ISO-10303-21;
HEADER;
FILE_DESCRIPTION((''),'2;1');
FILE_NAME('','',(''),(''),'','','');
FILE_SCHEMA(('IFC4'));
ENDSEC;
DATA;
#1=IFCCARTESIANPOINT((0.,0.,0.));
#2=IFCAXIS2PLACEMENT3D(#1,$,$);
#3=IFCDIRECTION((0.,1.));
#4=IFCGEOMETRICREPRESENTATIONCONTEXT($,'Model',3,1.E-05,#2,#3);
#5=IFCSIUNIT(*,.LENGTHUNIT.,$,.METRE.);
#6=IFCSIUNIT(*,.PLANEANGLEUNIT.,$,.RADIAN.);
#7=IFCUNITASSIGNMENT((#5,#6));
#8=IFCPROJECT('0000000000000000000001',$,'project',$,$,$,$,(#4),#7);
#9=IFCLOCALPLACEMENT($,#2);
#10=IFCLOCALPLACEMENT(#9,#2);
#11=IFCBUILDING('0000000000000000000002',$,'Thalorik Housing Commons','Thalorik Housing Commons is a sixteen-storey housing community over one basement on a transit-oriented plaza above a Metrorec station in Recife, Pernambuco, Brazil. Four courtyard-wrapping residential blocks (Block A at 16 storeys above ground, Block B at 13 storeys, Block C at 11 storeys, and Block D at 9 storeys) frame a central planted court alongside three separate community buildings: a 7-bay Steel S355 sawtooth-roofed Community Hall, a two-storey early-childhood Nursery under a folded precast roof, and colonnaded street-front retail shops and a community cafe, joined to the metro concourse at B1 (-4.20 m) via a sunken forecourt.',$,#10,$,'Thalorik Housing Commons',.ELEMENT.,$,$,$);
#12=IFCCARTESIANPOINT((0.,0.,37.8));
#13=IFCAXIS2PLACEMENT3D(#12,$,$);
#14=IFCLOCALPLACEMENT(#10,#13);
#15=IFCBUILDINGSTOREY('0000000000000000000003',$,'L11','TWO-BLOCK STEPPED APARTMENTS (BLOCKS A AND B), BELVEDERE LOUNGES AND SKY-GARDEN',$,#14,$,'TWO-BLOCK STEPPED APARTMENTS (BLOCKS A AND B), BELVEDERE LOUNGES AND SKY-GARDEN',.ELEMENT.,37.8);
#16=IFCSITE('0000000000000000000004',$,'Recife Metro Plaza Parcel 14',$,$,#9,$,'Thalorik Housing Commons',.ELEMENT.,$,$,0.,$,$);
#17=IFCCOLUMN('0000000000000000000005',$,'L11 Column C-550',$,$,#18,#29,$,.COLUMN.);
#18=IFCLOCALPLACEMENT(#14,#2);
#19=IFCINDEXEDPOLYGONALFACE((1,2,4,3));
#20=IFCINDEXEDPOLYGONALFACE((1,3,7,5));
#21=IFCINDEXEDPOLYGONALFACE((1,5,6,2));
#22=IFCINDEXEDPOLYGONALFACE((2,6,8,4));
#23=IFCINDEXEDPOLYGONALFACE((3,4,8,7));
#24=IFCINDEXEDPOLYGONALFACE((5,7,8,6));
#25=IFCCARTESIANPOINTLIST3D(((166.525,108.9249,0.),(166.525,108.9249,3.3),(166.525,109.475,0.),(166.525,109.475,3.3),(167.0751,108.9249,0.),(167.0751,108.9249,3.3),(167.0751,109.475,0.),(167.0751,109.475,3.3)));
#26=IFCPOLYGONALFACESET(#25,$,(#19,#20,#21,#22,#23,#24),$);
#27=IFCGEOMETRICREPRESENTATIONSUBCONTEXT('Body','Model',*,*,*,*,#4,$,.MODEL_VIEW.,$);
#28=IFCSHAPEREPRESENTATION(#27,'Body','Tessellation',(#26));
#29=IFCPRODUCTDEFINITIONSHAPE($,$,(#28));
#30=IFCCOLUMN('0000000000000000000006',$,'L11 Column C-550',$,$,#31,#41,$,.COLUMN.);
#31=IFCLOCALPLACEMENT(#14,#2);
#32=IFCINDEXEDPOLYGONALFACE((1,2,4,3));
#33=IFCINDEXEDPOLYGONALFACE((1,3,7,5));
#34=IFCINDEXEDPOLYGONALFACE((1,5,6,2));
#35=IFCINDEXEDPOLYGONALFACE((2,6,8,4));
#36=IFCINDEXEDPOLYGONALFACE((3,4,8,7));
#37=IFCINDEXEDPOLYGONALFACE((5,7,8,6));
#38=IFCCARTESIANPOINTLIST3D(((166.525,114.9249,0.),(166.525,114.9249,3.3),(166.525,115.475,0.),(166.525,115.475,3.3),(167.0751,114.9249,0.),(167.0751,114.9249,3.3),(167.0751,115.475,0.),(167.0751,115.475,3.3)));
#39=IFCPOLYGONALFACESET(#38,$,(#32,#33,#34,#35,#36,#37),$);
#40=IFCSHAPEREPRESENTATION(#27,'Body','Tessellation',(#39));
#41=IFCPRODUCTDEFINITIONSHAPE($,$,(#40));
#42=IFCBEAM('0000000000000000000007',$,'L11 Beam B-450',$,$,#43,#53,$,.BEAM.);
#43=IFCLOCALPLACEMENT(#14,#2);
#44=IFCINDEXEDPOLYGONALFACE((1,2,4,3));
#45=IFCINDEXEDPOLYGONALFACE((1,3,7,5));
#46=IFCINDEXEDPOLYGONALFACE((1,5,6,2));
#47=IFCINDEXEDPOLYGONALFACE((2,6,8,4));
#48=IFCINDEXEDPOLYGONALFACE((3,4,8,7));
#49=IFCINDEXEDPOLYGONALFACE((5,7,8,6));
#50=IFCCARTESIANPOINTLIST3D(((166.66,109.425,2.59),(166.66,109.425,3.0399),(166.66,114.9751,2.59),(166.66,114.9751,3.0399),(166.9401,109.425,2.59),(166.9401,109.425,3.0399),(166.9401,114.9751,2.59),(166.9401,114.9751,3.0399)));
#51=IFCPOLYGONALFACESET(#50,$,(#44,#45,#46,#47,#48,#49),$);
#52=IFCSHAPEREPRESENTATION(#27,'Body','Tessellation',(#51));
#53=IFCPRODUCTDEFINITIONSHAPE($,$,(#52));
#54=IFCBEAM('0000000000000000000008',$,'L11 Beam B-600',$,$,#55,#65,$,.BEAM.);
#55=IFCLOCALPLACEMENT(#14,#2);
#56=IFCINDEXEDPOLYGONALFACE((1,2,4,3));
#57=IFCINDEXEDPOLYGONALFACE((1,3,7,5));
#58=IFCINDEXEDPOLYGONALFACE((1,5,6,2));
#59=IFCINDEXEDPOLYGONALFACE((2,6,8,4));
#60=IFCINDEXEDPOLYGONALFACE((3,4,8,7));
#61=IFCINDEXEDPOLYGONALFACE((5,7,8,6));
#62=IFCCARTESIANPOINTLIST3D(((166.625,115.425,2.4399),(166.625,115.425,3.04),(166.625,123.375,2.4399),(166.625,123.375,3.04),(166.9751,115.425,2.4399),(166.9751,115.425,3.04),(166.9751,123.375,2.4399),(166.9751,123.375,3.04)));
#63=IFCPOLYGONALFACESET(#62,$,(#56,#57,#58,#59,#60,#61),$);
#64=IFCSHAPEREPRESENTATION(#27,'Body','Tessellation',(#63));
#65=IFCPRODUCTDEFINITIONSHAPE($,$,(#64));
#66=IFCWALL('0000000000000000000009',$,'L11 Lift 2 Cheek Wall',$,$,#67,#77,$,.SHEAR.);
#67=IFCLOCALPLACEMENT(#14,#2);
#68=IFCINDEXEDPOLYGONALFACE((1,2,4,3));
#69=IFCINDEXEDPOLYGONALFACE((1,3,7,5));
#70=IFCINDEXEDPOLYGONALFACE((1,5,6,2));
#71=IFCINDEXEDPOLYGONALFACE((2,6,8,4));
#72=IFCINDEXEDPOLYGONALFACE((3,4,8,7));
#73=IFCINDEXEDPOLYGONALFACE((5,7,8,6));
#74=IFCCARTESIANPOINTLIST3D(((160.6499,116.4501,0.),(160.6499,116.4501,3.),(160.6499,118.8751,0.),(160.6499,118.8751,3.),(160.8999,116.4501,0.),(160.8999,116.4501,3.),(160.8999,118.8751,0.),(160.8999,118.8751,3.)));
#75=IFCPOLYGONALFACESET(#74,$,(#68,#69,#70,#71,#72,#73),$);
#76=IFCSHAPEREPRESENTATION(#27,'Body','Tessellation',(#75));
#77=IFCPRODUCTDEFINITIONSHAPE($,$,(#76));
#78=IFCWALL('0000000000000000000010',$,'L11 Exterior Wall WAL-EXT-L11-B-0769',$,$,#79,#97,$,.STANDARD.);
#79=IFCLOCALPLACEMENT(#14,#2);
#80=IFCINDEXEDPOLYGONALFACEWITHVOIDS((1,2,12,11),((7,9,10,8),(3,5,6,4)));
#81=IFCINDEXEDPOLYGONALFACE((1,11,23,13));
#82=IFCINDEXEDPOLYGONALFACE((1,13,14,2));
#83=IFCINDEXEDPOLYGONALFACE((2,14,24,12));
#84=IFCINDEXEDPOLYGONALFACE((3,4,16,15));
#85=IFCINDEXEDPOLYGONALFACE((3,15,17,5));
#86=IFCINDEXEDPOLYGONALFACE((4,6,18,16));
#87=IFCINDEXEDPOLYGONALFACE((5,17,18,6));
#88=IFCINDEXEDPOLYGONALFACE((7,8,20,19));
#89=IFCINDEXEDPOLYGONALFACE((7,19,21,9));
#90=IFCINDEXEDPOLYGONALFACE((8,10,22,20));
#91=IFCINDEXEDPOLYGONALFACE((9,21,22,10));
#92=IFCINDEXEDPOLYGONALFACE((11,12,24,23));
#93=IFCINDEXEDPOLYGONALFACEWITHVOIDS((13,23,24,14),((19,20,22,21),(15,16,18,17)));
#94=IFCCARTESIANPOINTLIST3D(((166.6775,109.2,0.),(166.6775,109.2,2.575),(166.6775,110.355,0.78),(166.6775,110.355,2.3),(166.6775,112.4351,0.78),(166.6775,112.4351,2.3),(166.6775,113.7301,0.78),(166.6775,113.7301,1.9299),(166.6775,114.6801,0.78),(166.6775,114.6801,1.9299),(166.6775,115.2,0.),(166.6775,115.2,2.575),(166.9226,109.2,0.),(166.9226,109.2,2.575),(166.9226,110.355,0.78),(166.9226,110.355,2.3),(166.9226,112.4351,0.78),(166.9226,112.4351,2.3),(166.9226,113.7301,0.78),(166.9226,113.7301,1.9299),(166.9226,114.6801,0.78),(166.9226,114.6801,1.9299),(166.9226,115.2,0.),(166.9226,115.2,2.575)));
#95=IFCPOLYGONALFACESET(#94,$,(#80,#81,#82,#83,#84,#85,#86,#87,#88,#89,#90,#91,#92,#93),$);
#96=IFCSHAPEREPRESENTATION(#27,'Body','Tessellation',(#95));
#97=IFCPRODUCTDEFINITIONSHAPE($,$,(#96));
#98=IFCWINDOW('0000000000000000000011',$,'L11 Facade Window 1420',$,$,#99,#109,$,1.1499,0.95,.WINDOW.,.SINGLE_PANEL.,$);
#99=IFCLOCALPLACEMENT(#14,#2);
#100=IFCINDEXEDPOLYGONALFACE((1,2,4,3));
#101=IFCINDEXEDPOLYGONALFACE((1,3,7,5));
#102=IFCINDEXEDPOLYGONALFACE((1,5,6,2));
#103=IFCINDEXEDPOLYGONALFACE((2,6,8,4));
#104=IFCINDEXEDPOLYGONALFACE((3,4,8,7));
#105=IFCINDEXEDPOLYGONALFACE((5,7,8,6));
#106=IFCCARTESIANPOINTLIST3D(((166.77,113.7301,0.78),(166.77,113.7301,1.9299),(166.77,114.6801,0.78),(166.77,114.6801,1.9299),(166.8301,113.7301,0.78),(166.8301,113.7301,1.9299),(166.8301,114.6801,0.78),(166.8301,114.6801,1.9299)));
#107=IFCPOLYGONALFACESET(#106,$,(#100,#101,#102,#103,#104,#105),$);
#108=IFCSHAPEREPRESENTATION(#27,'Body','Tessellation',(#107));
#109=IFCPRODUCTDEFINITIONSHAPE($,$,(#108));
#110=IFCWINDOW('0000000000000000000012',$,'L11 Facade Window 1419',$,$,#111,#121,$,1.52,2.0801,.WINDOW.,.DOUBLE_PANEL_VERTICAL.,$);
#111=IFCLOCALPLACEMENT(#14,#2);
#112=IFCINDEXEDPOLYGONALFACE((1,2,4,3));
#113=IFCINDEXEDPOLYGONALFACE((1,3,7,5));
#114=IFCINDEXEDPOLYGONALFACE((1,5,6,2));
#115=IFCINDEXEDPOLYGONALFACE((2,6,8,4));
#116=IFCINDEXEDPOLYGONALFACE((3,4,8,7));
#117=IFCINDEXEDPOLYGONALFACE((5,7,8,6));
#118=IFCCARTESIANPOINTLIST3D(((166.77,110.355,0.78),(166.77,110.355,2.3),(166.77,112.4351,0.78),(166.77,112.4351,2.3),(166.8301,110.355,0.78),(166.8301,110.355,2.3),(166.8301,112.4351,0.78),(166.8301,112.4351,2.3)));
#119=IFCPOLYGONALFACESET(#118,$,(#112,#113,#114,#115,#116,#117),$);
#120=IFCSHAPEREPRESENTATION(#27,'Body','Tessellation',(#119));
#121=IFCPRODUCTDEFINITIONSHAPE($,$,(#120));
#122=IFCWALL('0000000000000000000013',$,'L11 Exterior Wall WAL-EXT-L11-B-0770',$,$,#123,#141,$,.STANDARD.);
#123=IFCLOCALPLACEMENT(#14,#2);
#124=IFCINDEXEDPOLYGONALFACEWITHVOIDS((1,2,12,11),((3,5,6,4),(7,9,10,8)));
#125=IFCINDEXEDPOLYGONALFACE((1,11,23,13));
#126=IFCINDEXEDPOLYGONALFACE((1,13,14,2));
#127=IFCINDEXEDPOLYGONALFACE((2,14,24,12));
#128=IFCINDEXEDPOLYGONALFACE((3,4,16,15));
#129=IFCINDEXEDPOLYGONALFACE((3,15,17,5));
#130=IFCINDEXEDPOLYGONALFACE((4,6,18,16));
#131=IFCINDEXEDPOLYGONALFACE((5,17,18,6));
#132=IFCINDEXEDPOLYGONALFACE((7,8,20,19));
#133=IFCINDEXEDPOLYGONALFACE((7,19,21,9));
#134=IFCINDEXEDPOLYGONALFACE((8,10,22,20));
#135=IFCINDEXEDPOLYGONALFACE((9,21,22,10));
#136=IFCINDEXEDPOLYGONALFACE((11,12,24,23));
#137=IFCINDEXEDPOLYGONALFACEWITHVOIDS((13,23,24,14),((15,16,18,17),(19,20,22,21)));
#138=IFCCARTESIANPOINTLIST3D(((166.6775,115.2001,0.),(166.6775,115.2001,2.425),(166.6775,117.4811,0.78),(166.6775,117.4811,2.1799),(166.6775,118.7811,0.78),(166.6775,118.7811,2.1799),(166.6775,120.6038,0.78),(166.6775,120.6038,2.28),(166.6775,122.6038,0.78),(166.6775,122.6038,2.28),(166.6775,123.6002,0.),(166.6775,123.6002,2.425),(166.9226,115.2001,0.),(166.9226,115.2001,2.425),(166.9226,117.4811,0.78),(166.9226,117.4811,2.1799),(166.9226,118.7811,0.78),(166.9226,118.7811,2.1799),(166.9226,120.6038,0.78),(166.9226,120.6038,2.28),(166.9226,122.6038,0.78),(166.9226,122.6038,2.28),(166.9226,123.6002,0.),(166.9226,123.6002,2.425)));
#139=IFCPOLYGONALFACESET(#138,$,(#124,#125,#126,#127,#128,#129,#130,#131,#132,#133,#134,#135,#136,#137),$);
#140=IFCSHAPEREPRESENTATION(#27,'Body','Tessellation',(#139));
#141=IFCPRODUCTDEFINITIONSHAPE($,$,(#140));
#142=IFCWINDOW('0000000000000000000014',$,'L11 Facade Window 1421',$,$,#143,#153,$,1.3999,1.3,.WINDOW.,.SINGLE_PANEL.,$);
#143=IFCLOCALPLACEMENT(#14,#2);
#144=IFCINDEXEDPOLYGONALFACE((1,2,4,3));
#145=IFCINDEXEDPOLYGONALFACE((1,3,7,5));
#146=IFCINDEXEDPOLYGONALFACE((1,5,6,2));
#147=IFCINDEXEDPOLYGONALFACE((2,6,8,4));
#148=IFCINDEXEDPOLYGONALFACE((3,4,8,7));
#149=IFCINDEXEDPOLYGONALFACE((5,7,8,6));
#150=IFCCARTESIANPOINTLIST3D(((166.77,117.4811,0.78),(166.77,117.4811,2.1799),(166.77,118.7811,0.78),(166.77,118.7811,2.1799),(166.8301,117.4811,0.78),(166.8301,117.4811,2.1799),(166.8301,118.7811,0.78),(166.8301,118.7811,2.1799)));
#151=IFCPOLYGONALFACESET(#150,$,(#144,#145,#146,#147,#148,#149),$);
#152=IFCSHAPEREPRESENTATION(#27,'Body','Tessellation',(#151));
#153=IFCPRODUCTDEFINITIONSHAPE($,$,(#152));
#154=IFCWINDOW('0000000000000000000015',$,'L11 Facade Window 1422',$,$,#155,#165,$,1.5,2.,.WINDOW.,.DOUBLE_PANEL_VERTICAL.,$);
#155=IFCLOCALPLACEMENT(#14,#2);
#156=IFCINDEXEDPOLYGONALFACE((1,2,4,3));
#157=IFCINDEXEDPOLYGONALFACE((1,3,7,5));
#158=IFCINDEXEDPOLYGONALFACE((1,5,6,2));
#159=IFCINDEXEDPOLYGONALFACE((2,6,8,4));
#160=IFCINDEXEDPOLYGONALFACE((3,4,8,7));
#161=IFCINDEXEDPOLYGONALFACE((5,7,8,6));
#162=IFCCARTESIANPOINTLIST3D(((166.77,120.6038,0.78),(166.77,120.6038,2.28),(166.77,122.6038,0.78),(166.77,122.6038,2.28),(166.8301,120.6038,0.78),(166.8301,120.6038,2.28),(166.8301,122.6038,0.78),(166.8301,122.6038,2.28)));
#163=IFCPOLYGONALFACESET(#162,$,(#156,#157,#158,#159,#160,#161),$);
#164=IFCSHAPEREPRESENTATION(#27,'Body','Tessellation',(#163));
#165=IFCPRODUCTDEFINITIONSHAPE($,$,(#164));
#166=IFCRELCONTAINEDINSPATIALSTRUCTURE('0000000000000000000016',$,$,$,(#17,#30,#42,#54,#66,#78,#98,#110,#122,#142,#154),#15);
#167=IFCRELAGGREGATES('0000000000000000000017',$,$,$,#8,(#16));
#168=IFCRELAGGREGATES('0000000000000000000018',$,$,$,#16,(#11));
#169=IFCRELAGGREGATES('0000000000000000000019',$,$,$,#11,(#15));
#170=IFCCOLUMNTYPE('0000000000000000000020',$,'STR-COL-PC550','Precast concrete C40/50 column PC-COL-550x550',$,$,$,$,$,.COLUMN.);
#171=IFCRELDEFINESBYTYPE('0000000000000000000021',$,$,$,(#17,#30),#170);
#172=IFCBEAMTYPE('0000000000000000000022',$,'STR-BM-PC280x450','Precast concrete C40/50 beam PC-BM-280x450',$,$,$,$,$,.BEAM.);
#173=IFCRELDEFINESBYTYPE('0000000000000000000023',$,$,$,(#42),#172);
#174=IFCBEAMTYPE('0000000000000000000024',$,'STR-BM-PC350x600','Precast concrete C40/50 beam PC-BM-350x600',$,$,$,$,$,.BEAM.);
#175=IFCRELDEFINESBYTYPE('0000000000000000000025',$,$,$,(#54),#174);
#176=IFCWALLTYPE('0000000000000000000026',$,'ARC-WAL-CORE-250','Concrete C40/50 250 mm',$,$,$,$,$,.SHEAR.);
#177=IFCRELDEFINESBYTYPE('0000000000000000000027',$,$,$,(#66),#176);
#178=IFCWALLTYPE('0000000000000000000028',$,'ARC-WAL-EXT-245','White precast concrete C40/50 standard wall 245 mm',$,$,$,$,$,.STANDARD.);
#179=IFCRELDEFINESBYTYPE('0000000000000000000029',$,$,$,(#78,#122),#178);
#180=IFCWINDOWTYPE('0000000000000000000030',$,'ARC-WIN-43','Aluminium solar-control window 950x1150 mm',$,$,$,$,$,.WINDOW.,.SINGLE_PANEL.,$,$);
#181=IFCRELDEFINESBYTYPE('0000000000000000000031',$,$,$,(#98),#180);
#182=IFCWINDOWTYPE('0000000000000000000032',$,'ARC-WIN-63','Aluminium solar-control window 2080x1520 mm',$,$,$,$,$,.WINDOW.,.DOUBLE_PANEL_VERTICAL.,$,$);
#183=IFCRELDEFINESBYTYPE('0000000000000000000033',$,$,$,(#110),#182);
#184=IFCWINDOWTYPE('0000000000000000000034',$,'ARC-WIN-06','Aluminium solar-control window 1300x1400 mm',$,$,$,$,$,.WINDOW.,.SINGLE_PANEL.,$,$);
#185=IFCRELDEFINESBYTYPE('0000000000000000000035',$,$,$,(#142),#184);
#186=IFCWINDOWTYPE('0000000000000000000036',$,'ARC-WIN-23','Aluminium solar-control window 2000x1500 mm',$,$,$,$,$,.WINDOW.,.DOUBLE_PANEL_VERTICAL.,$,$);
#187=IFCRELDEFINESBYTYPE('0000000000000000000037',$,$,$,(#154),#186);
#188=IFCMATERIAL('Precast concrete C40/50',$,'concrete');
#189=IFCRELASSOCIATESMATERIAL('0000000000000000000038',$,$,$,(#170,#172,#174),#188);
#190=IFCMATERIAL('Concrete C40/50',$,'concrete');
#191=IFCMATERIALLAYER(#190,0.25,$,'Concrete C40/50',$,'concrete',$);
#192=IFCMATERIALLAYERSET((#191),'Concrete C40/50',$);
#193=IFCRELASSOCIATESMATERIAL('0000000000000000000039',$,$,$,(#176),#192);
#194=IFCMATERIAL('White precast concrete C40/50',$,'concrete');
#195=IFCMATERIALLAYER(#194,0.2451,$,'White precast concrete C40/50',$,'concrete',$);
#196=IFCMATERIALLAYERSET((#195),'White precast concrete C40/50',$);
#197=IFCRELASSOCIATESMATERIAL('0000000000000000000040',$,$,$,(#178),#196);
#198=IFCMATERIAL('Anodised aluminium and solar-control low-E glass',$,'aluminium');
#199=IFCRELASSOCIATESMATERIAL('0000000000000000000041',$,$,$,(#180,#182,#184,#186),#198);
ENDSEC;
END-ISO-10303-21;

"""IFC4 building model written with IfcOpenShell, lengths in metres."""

from ifc_helpers import new_model, si_unit, direction, frame, frame_2d, origin, origin_2d, place, context, subcontext, project, spatial, rectangle, extrude, material, layer, layer_set, material_profile, profile_set, type_object, element, fill, save


model = new_model("IFC4")

# Units and contexts
model_context = context("Model", 3, precision=1e-05, world=origin(), true_north=direction((0.0, 1.0)))
body_context = subcontext(model_context, "Body", "Model", "MODEL_VIEW")
ifc_project = project(units=[si_unit("LENGTHUNIT", "METRE"), si_unit("PLANEANGLEUNIT", "RADIAN")], contexts=[model_context])

# Site, building, storey
site_placement = place(None, origin())
site = spatial("IfcSite", under=ifc_project, at=site_placement, Name="Recife Metro Plaza Parcel 14", LongName="Thalorik Housing Commons", CompositionType="ELEMENT", RefElevation=0.0)
building_placement = place(site_placement, origin())
building = spatial("IfcBuilding", under=site, at=building_placement, Name="Thalorik Housing Commons", Description="Thalorik Housing Commons is a sixteen-storey housing community over one basement on a transit-oriented plaza above a Metrorec station in Recife, Pernambuco, Brazil. Four courtyard-wrapping residential blocks (Block A at 16 storeys above ground, Block B at 13 storeys, Block C at 11 storeys, and Block D at 9 storeys) frame a central planted court alongside three separate community buildings: a 7-bay Steel S355 sawtooth-roofed Community Hall, a two-storey early-childhood Nursery under a folded precast roof, and colonnaded street-front retail shops and a community cafe, joined to the metro concourse at B1 (-4.20 m) via a sunken forecourt.", LongName="Thalorik Housing Commons", CompositionType="ELEMENT")
storey_placement = place(building_placement, frame((0.0, 0.0, 37.8)))
storey = spatial("IfcBuildingStorey", under=building, at=storey_placement, Name="L11", Description="TWO-BLOCK STEPPED APARTMENTS (BLOCKS A AND B), BELVEDERE LOUNGES AND SKY-GARDEN", LongName="TWO-BLOCK STEPPED APARTMENTS (BLOCKS A AND B), BELVEDERE LOUNGES AND SKY-GARDEN", CompositionType="ELEMENT", Elevation=37.8)

# Columns
ifc_material_1 = material(Name="Precast concrete C40/50", Category="concrete")
ifc_material_profile_1 = material_profile(ifc_material_1, rectangle(XDim=0.55, YDim=0.55, at=origin_2d()), Name="PC 550x550", Category="concrete")
ifc_profile_set_1 = profile_set([ifc_material_profile_1], Name="Precast concrete C40/50")
column_type = type_object("IfcColumnType", Name="STR-COL-PC550", Description="Precast concrete C40/50 column PC-COL-550x550", PredefinedType="COLUMN", material=ifc_profile_set_1)
for number, where, z_axis, x_axis, name in (
    (1, (166.8, 109.2, 0.0), (0.0, 0.0, 1.0), (1.0, 0.0, 0.0), "L11 Column C-550"),
    (2, (166.8, 115.2, 0.0), (0.0, 0.0, 1.0), (1.0, 0.0, 0.0), "L11 Column C-550"),
):
    element("IfcColumn", number, at=place(storey_placement, frame(where, z_axis=z_axis, x_axis=x_axis)), inside=storey, type_object=column_type, Name=name, PredefinedType="COLUMN", context=body_context, shape_type="SweptSolid", body=[
        extrude(rectangle(XDim=0.55, YDim=0.55, at=origin_2d()), origin(), (0.0, 0.0, 1.0), 3.3),
    ])

# Beams
ifc_material_profile_2 = material_profile(ifc_material_1, rectangle(XDim=0.28, YDim=0.45, at=origin_2d()), Name="PC 280x450", Category="concrete")
ifc_profile_set_2 = profile_set([ifc_material_profile_2], Name="Precast concrete C40/50")
beam_type_1 = type_object("IfcBeamType", Name="STR-BM-PC280x450", Description="Precast concrete C40/50 beam PC-BM-280x450", PredefinedType="BEAM", material=ifc_profile_set_2)
beam_1_placement = place(storey_placement, frame((166.8, 109.425, 2.8149), z_axis=(0.0, 1.0, 0.0), x_axis=(-1.0, 0.0, 0.0)))
element("IfcBeam", 3, at=beam_1_placement, inside=storey, type_object=beam_type_1, Name="L11 Beam B-450", PredefinedType="BEAM", context=body_context, shape_type="SweptSolid", body=[
    extrude(rectangle(XDim=0.28, YDim=0.45, at=origin_2d()), origin(), (0.0, 0.0, 1.0), 5.55),
])
ifc_material_profile_3 = material_profile(ifc_material_1, rectangle(XDim=0.3501, YDim=0.6001, at=origin_2d()), Name="PC 350x600", Category="concrete")
ifc_profile_set_3 = profile_set([ifc_material_profile_3], Name="Precast concrete C40/50")
beam_type_2 = type_object("IfcBeamType", Name="STR-BM-PC350x600", Description="Precast concrete C40/50 beam PC-BM-350x600", PredefinedType="BEAM", material=ifc_profile_set_3)
beam_2_placement = place(storey_placement, frame((166.8, 115.425, 2.74), z_axis=(0.0, 1.0, 0.0), x_axis=(-1.0, 0.0, 0.0)))
element("IfcBeam", 4, at=beam_2_placement, inside=storey, type_object=beam_type_2, Name="L11 Beam B-600", PredefinedType="BEAM", context=body_context, shape_type="SweptSolid", body=[
    extrude(rectangle(XDim=0.3501, YDim=0.6001, at=origin_2d()), origin(), (0.0, 0.0, 1.0), 7.95),
])

# Shared definitions
ifc_material_2 = material(Name="Concrete C40/50", Category="concrete")
ifc_layer_1 = layer(ifc_material_2, 0.25, Name="Concrete C40/50", Category="concrete")
ifc_layer_set_1 = layer_set([ifc_layer_1], Name="Concrete C40/50")
wall_type_1 = type_object("IfcWallType", Name="ARC-WAL-CORE-250", Description="Concrete C40/50 250 mm", PredefinedType="SHEAR", material=ifc_layer_set_1)

# Wall
wall_1_placement = place(storey_placement, frame((160.7749, 118.875, 0.0), z_axis=(0.0, 0.0, 1.0), x_axis=(0.0, -1.0, 0.0)))
element("IfcWall", 5, at=wall_1_placement, inside=storey, type_object=wall_type_1, Name="L11 Lift 2 Cheek Wall", PredefinedType="SHEAR", context=body_context, shape_type="SweptSolid", body=[
    extrude(rectangle(XDim=2.425, YDim=0.25, at=frame_2d((1.2124, 0.0))), origin(), (0.0, 0.0, 1.0), 3.0),
])

# Walls, openings, windows
ifc_material_3 = material(Name="White precast concrete C40/50", Category="concrete")
ifc_layer_2 = layer(ifc_material_3, 0.2451, Name="White precast concrete C40/50", Category="concrete")
ifc_layer_set_2 = layer_set([ifc_layer_2], Name="White precast concrete C40/50")
wall_type_2 = type_object("IfcWallType", Name="ARC-WAL-EXT-245", Description="White precast concrete C40/50 standard wall 245 mm", PredefinedType="STANDARD", material=ifc_layer_set_2)
wall_2_placement = place(storey_placement, frame((166.8, 109.2, 0.0), z_axis=(0.0, 0.0, 1.0), x_axis=(0.0, 1.0, 0.0)))
wall_2 = element("IfcWall", 6, at=wall_2_placement, inside=storey, type_object=wall_type_2, Name="L11 Exterior Wall WAL-EXT-L11-B-0769", PredefinedType="STANDARD", context=body_context, shape_type="SweptSolid", body=[
    extrude(rectangle(XDim=6.0, YDim=0.2451, at=frame_2d((3.0, 0.0))), origin(), (0.0, 0.0, 1.0), 2.575),
])
opening_1_placement = place(wall_2_placement, frame((1.155, 0.0, 0.78)))
opening_1 = element("IfcOpeningElement", 7, at=opening_1_placement, cuts=wall_2, PredefinedType="OPENING", context=body_context, shape_type="SweptSolid", body=[
    extrude(rectangle(XDim=2.0801, YDim=1.52, at=frame_2d((1.04, 0.76))), frame((0.0, 0.1326, 0.0), z_axis=(0.0, -1.0, 0.0), x_axis=(1.0, 0.0, 0.0)), (0.0, 0.0, 1.0), 0.2651),
])
opening_2_placement = place(wall_2_placement, frame((4.53, 0.0, 0.78)))
opening_2 = element("IfcOpeningElement", 8, at=opening_2_placement, cuts=wall_2, PredefinedType="OPENING", context=body_context, shape_type="SweptSolid", body=[
    extrude(rectangle(XDim=0.95, YDim=1.1499, at=frame_2d((0.4751, 0.575))), frame((0.0, 0.1326, 0.0), z_axis=(0.0, -1.0, 0.0), x_axis=(1.0, 0.0, 0.0)), (0.0, 0.0, 1.0), 0.2651),
])
ifc_material_4 = material(Name="Anodised aluminium and solar-control low-E glass", Category="aluminium")
window_type_1 = type_object("IfcWindowType", Name="ARC-WIN-43", Description="Aluminium solar-control window 950x1150 mm", PartitioningType="SINGLE_PANEL", PredefinedType="WINDOW", material=ifc_material_4)
window_1_placement = place(opening_2_placement, origin())
window_1 = element("IfcWindow", 9, at=window_1_placement, inside=storey, type_object=window_type_1, Name="L11 Facade Window 1420", OverallHeight=1.1499, OverallWidth=0.95, PartitioningType="SINGLE_PANEL", PredefinedType="WINDOW", context=body_context, shape_type="SweptSolid", body=[
    extrude(rectangle(XDim=0.95, YDim=1.1499, at=frame_2d((0.4751, 0.575))), frame((0.0, 0.03, 0.0), z_axis=(0.0, -1.0, 0.0), x_axis=(1.0, 0.0, 0.0)), (0.0, 0.0, 1.0), 0.0601),
])
fill(opening_2, window_1)
window_type_2 = type_object("IfcWindowType", Name="ARC-WIN-63", Description="Aluminium solar-control window 2080x1520 mm", PartitioningType="DOUBLE_PANEL_VERTICAL", PredefinedType="WINDOW", material=ifc_material_4)
window_2_placement = place(opening_1_placement, origin())
window_2 = element("IfcWindow", 10, at=window_2_placement, inside=storey, type_object=window_type_2, Name="L11 Facade Window 1419", OverallHeight=1.52, OverallWidth=2.0801, PartitioningType="DOUBLE_PANEL_VERTICAL", PredefinedType="WINDOW", context=body_context, shape_type="SweptSolid", body=[
    extrude(rectangle(XDim=2.0801, YDim=1.52, at=frame_2d((1.04, 0.76))), frame((0.0, 0.03, 0.0), z_axis=(0.0, -1.0, 0.0), x_axis=(1.0, 0.0, 0.0)), (0.0, 0.0, 1.0), 0.0601),
])
fill(opening_1, window_2)
wall_3_placement = place(storey_placement, frame((166.8, 115.2, 0.0), z_axis=(0.0, 0.0, 1.0), x_axis=(0.0, 1.0, 0.0)))
wall_3 = element("IfcWall", 11, at=wall_3_placement, inside=storey, type_object=wall_type_2, Name="L11 Exterior Wall WAL-EXT-L11-B-0770", PredefinedType="STANDARD", context=body_context, shape_type="SweptSolid", body=[
    extrude(rectangle(XDim=8.4001, YDim=0.2451, at=frame_2d((4.2002, 0.0))), origin(), (0.0, 0.0, 1.0), 2.425),
])
opening_3_placement = place(wall_3_placement, frame((2.2812, 0.0, 0.78)))
opening_3 = element("IfcOpeningElement", 12, at=opening_3_placement, cuts=wall_3, PredefinedType="OPENING", context=body_context, shape_type="SweptSolid", body=[
    extrude(rectangle(XDim=1.3, YDim=1.3999, at=frame_2d((0.6499, 0.7))), frame((0.0, 0.1326, 0.0), z_axis=(0.0, -1.0, 0.0), x_axis=(1.0, 0.0, 0.0)), (0.0, 0.0, 1.0), 0.2651),
])
opening_4_placement = place(wall_3_placement, frame((5.4038, 0.0, 0.78)))
opening_4 = element("IfcOpeningElement", 13, at=opening_4_placement, cuts=wall_3, PredefinedType="OPENING", context=body_context, shape_type="SweptSolid", body=[
    extrude(rectangle(XDim=2.0, YDim=1.5, at=frame_2d((1.0, 0.75))), frame((0.0, 0.1326, 0.0), z_axis=(0.0, -1.0, 0.0), x_axis=(1.0, 0.0, 0.0)), (0.0, 0.0, 1.0), 0.2651),
])
window_type_3 = type_object("IfcWindowType", Name="ARC-WIN-06", Description="Aluminium solar-control window 1300x1400 mm", PartitioningType="SINGLE_PANEL", PredefinedType="WINDOW", material=ifc_material_4)
window_3_placement = place(opening_3_placement, origin())
window_3 = element("IfcWindow", 14, at=window_3_placement, inside=storey, type_object=window_type_3, Name="L11 Facade Window 1421", OverallHeight=1.3999, OverallWidth=1.3, PartitioningType="SINGLE_PANEL", PredefinedType="WINDOW", context=body_context, shape_type="SweptSolid", body=[
    extrude(rectangle(XDim=1.3, YDim=1.3999, at=frame_2d((0.6499, 0.7))), frame((0.0, 0.03, 0.0), z_axis=(0.0, -1.0, 0.0), x_axis=(1.0, 0.0, 0.0)), (0.0, 0.0, 1.0), 0.0601),
])
fill(opening_3, window_3)
window_type_4 = type_object("IfcWindowType", Name="ARC-WIN-23", Description="Aluminium solar-control window 2000x1500 mm", PartitioningType="DOUBLE_PANEL_VERTICAL", PredefinedType="WINDOW", material=ifc_material_4)
window_4_placement = place(opening_4_placement, origin())
window_4 = element("IfcWindow", 15, at=window_4_placement, inside=storey, type_object=window_type_4, Name="L11 Facade Window 1422", OverallHeight=1.5, OverallWidth=2.0, PartitioningType="DOUBLE_PANEL_VERTICAL", PredefinedType="WINDOW", context=body_context, shape_type="SweptSolid", body=[
    extrude(rectangle(XDim=2.0, YDim=1.5, at=frame_2d((1.0, 0.75))), frame((0.0, 0.03, 0.0), z_axis=(0.0, -1.0, 0.0), x_axis=(1.0, 0.0, 0.0)), (0.0, 0.0, 1.0), 0.0601),
])
fill(opening_4, window_4)

save(model, "model.ifc")
